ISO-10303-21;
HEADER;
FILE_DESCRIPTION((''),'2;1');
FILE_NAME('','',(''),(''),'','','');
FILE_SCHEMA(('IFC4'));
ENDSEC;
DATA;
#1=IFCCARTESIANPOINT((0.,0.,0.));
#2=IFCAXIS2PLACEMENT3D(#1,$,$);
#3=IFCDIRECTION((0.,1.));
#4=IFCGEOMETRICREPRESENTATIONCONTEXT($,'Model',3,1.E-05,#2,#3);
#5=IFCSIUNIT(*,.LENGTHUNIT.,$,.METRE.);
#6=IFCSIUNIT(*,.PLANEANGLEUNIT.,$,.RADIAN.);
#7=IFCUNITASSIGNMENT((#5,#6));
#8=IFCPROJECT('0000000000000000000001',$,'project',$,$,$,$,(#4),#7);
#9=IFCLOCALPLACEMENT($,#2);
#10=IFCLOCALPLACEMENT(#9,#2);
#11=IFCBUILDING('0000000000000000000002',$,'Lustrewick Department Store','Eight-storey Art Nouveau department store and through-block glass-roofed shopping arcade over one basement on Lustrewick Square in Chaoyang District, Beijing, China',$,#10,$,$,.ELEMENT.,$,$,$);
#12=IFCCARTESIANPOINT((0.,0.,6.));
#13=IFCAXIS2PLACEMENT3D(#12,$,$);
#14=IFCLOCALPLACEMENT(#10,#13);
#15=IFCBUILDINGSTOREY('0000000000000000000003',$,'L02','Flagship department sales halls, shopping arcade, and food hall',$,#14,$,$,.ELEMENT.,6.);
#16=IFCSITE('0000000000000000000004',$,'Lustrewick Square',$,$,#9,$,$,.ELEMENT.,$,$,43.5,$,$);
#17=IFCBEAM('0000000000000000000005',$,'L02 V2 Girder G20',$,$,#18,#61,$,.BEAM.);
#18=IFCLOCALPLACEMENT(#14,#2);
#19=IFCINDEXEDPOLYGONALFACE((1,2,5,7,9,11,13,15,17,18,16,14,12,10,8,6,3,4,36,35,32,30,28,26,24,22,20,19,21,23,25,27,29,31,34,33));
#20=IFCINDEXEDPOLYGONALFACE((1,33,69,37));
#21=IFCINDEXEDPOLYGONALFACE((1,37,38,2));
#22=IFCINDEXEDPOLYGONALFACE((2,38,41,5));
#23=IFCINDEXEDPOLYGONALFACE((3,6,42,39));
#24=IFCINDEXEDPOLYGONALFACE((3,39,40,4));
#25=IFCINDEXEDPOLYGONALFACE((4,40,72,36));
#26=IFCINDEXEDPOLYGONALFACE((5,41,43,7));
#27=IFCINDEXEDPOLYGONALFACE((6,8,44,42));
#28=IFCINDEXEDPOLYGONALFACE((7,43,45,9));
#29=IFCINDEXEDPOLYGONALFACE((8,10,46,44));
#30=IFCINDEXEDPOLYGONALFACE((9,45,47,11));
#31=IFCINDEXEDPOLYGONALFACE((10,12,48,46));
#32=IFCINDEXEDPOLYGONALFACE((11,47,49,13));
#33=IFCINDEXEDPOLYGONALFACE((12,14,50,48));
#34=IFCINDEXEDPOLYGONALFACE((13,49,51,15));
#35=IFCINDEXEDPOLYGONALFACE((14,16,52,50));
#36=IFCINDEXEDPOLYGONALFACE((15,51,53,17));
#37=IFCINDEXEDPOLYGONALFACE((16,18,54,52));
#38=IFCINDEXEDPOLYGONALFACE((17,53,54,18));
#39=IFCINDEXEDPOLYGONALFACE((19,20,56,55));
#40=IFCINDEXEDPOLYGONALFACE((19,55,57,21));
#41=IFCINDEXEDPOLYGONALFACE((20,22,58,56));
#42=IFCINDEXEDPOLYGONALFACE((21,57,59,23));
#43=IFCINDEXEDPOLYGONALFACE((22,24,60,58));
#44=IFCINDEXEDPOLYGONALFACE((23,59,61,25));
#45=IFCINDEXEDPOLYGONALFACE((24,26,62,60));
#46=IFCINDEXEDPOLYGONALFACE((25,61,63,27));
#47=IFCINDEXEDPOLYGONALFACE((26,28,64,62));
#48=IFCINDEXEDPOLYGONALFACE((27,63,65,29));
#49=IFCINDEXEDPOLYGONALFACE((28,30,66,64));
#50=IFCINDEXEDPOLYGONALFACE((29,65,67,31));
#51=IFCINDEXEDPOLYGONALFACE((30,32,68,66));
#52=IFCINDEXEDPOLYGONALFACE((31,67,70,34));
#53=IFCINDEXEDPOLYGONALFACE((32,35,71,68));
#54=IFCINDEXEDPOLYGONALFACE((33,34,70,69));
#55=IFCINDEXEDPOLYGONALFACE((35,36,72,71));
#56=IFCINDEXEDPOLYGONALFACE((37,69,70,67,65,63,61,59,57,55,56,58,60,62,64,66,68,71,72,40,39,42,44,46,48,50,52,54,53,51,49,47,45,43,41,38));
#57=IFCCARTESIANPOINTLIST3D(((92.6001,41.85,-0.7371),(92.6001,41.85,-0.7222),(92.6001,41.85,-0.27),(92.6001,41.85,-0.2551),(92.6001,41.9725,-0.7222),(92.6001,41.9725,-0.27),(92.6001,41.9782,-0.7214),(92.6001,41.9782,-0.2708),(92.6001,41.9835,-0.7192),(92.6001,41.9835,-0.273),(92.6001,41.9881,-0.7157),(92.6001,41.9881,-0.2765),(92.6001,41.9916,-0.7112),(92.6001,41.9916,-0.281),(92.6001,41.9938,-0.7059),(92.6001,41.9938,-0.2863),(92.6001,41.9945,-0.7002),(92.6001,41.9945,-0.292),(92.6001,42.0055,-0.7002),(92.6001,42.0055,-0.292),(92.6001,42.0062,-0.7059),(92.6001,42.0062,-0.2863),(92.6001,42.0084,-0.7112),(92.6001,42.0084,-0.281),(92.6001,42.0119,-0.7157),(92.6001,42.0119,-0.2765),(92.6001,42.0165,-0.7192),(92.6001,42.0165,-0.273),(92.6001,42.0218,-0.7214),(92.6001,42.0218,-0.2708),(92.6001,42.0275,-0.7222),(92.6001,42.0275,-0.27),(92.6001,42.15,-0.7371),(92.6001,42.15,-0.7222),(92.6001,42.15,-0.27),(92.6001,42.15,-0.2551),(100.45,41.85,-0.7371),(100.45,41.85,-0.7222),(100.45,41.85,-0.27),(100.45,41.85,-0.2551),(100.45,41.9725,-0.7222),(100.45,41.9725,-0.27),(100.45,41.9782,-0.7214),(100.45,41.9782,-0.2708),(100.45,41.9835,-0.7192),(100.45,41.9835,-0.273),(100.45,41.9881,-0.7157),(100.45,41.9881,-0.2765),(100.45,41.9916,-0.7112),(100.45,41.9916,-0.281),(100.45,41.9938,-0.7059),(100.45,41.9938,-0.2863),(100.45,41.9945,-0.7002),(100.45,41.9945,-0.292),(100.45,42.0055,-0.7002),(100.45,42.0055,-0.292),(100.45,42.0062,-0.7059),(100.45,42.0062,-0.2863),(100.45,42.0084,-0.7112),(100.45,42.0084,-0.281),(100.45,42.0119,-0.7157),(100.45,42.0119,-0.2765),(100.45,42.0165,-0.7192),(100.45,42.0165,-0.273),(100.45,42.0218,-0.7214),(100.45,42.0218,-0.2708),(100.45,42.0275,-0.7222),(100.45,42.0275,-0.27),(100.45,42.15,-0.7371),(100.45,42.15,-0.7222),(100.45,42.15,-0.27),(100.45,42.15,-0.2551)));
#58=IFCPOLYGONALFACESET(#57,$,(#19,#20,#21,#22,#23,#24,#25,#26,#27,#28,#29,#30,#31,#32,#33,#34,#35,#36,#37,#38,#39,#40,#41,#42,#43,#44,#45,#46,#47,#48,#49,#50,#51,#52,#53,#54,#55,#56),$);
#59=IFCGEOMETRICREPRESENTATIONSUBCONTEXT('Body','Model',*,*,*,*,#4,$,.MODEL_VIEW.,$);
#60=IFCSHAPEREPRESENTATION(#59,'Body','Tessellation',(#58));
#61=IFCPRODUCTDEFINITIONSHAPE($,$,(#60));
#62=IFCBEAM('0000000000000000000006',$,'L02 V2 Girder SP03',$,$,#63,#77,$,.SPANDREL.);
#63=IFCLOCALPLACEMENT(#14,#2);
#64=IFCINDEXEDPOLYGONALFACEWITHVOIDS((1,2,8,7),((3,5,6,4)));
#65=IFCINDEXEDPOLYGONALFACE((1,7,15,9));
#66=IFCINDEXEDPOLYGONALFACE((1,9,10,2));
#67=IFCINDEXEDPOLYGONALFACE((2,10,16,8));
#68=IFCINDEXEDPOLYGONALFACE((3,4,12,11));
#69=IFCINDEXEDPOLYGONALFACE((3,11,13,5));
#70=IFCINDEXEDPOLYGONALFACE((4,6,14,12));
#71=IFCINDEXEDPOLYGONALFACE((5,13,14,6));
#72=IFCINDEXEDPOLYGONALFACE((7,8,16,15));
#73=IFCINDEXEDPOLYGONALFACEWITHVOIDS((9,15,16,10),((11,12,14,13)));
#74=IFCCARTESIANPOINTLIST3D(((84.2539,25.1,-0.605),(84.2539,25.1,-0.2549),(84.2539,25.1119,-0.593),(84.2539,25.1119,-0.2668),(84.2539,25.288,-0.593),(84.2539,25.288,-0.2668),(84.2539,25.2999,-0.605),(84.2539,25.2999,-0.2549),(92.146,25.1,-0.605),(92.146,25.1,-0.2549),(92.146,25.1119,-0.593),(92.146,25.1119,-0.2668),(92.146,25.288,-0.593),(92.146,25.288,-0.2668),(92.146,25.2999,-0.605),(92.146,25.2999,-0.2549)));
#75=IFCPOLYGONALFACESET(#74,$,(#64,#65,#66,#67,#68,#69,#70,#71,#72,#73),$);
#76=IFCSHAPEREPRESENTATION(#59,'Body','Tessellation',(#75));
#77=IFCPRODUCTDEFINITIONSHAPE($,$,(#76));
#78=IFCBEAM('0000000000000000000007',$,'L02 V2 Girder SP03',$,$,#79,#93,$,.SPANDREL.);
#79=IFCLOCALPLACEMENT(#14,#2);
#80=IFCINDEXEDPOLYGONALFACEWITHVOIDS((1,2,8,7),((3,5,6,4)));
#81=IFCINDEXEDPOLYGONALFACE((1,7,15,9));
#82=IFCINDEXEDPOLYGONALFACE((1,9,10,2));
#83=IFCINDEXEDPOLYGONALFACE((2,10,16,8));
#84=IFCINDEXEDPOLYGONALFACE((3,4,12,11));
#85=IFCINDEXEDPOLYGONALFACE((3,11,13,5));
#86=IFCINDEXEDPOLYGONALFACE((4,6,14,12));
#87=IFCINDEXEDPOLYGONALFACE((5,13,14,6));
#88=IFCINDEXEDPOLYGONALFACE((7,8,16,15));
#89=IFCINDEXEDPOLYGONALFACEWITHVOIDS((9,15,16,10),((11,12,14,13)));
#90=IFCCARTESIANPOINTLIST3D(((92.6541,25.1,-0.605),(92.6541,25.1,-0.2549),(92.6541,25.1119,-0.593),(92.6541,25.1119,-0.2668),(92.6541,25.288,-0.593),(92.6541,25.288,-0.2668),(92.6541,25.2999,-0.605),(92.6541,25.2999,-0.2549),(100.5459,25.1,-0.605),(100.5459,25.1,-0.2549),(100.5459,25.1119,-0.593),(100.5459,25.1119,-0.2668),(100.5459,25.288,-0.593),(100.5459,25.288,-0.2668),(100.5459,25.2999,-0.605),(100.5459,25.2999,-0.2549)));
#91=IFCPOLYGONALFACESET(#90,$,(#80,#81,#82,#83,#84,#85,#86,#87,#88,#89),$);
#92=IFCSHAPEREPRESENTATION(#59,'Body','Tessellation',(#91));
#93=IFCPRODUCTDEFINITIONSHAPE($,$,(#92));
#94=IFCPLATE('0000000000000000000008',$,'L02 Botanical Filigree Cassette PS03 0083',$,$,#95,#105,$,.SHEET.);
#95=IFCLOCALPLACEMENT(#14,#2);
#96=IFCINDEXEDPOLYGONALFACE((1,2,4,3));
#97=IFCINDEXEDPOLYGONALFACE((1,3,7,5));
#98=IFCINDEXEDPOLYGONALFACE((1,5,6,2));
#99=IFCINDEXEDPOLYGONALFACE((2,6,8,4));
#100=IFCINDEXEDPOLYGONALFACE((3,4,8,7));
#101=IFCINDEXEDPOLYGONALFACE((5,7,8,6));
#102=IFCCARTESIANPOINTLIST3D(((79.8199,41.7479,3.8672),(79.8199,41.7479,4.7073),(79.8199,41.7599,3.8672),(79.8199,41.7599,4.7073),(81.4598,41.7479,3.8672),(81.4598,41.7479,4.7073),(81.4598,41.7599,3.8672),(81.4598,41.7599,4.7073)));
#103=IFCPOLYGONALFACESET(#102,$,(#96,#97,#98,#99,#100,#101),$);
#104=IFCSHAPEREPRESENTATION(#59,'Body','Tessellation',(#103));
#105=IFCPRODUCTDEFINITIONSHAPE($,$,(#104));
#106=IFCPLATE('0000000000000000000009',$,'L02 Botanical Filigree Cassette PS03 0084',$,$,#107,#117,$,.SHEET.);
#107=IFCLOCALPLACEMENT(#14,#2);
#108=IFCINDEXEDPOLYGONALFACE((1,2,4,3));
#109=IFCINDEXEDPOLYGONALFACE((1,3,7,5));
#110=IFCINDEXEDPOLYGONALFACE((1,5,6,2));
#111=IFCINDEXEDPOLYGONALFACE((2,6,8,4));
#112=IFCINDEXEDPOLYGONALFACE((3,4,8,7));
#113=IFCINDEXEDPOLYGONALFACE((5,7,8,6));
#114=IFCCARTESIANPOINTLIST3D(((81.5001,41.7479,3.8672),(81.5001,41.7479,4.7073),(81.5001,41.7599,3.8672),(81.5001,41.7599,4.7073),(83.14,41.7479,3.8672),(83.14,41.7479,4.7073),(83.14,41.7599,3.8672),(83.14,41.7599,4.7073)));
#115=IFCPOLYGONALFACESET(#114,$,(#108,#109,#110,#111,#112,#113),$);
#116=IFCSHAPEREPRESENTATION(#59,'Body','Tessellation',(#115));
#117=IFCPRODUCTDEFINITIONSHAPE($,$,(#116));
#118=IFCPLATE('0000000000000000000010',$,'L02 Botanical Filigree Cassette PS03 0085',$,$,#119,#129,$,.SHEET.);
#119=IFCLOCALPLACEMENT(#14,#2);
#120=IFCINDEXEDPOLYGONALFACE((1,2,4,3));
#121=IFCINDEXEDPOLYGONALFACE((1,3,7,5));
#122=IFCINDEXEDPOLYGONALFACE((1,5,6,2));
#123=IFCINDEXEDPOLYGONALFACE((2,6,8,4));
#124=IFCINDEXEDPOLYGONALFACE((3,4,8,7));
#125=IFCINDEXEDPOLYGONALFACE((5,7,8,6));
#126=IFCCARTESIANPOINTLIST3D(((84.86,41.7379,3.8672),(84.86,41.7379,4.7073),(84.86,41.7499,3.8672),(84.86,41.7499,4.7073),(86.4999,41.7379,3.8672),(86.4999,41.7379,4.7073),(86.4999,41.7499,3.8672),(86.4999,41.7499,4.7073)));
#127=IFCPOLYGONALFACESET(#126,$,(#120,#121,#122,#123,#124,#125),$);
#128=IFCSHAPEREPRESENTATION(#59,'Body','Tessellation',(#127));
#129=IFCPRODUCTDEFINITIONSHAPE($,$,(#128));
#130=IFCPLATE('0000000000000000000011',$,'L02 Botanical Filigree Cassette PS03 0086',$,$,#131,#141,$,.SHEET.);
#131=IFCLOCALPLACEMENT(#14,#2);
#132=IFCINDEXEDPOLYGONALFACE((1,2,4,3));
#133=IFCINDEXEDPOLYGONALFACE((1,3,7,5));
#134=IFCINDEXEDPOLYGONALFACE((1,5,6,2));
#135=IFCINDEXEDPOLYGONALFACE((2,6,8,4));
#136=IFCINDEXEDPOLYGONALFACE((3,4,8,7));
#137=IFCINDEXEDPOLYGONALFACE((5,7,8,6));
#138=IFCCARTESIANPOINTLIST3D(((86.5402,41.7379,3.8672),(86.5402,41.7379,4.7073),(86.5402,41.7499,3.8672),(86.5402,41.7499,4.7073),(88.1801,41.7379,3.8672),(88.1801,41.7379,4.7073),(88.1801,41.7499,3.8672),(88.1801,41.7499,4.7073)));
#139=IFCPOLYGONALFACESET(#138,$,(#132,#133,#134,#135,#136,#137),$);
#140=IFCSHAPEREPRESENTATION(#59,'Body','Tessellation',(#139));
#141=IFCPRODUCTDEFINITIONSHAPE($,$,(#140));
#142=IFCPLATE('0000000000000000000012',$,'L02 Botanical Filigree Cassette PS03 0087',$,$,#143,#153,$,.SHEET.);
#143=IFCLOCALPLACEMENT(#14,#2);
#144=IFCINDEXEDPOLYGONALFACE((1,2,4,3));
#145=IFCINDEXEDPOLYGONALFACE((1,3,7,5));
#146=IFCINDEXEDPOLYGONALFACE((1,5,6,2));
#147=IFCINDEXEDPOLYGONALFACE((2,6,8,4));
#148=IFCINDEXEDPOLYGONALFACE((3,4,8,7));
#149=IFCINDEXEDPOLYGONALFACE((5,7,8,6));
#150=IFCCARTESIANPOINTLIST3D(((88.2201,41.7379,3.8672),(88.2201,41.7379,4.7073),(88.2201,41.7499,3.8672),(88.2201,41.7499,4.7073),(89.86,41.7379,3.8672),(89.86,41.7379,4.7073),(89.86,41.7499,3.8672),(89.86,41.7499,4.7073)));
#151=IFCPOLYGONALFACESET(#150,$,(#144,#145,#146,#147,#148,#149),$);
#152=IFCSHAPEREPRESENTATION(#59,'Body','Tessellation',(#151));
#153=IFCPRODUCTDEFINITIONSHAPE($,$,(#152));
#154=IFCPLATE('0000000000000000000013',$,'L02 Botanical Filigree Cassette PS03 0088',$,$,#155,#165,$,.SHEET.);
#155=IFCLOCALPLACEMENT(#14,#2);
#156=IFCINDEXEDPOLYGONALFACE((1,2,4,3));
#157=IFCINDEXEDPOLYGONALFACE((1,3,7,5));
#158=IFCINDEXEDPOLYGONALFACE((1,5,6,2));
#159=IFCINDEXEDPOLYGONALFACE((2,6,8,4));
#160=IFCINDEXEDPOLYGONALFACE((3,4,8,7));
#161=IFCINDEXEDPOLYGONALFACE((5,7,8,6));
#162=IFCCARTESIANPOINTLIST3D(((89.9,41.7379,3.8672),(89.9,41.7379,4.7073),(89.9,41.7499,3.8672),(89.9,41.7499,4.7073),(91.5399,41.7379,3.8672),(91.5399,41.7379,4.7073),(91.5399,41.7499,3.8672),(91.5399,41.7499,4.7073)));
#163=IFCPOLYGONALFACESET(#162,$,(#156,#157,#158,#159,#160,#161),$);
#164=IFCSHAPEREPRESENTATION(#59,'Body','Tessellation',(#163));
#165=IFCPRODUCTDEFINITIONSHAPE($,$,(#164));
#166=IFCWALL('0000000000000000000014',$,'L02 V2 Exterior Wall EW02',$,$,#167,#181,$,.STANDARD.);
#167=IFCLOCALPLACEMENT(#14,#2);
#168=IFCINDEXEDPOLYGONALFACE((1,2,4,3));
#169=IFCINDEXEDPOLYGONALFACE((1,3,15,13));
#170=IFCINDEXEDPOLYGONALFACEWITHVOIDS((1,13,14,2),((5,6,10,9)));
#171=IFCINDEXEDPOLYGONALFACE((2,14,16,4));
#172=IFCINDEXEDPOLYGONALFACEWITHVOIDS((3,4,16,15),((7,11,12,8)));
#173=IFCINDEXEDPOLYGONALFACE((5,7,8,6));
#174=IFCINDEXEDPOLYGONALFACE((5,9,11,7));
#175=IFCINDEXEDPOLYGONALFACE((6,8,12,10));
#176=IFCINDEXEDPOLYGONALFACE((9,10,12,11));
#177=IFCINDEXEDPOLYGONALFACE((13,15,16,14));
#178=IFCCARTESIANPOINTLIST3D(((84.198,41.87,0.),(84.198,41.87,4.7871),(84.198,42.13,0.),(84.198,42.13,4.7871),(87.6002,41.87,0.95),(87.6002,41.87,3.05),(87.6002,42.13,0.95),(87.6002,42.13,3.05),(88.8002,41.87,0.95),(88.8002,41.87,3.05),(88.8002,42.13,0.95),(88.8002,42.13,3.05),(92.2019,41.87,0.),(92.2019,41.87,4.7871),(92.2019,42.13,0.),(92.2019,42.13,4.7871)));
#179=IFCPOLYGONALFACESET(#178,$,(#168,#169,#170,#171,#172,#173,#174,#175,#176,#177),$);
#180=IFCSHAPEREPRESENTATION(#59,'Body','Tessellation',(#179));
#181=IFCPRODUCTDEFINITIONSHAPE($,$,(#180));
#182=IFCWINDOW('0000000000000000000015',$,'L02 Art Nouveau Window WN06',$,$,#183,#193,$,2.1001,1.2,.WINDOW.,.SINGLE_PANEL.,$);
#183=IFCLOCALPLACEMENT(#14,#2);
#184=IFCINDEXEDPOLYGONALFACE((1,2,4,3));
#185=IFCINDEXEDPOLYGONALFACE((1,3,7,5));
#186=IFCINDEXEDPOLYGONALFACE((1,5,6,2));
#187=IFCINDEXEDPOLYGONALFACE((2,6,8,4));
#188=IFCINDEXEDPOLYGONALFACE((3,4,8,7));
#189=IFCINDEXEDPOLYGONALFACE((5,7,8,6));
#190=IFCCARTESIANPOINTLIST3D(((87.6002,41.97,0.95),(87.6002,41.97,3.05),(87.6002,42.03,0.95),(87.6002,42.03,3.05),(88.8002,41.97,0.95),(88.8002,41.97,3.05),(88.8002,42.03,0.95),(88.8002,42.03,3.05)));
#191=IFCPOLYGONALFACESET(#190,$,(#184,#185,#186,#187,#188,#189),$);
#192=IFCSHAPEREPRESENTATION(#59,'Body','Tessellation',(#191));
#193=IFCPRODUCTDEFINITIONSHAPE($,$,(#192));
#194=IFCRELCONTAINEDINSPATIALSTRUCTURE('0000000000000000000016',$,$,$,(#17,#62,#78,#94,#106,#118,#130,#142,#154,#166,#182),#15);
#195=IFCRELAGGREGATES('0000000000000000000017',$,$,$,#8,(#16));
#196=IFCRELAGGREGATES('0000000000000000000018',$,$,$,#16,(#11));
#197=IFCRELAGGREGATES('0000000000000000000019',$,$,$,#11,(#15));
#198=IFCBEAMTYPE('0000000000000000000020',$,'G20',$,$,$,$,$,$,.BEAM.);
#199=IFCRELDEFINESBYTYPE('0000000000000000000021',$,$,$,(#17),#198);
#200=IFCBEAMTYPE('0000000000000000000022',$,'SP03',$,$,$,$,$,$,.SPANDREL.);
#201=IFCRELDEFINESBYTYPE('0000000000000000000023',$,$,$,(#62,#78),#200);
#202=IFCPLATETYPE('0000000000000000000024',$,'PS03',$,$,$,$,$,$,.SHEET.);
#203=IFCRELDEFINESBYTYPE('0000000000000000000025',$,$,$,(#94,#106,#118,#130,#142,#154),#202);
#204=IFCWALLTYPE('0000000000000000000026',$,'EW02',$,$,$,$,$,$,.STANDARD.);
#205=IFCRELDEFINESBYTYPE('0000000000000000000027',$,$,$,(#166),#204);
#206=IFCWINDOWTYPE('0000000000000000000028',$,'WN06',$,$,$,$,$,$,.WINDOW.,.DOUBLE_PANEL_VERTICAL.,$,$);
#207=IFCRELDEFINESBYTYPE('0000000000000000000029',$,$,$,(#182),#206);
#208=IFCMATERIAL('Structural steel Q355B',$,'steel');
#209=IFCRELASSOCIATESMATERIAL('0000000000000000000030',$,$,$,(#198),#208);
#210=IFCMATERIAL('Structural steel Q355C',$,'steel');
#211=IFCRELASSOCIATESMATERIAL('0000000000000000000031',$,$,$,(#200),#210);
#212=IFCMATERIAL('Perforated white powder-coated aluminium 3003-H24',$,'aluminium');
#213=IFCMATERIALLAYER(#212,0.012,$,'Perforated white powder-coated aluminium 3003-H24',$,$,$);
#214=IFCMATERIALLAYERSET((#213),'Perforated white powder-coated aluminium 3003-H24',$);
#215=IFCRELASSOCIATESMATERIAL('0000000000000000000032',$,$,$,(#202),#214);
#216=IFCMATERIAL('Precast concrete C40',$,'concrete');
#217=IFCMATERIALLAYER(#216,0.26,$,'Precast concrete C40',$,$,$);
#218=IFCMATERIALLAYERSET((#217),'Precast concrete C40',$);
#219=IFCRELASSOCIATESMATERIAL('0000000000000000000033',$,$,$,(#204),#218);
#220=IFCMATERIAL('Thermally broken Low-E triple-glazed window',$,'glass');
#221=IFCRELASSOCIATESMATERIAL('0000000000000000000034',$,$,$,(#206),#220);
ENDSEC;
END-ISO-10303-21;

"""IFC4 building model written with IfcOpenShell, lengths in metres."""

from ifc_helpers import new_model, si_unit, direction, frame, frame_2d, origin, origin_2d, place, context, subcontext, project, spatial, rectangle, hollow_rectangle, i_section, extrude, material, layer, layer_set, material_profile, profile_set, type_object, element, fill, save


model = new_model("IFC4")

# Units and contexts
model_context = context("Model", 3, precision=1e-05, world=origin(), true_north=direction((0.0, 1.0)))
body_context = subcontext(model_context, "Body", "Model", "MODEL_VIEW")
ifc_project = project(units=[si_unit("LENGTHUNIT", "METRE"), si_unit("PLANEANGLEUNIT", "RADIAN")], contexts=[model_context])

# Site, building, storey
site_placement = place(None, origin())
site = spatial("IfcSite", under=ifc_project, at=site_placement, Name="Lustrewick Square", CompositionType="ELEMENT", RefElevation=43.5)
building_placement = place(site_placement, origin())
building = spatial("IfcBuilding", under=site, at=building_placement, Name="Lustrewick Department Store", Description="Eight-storey Art Nouveau department store and through-block glass-roofed shopping arcade over one basement on Lustrewick Square in Chaoyang District, Beijing, China", CompositionType="ELEMENT")
storey_placement = place(building_placement, frame((0.0, 0.0, 6.0)))
storey = spatial("IfcBuildingStorey", under=building, at=storey_placement, Name="L02", Description="Flagship department sales halls, shopping arcade, and food hall", CompositionType="ELEMENT", Elevation=6.0)

# Shared definitions
ifc_material_1 = material(Name="Structural steel Q355C", Category="steel")

# Beams
ifc_material_2 = material(Name="Structural steel Q355B", Category="steel")
ifc_material_profile_1 = material_profile(ifc_material_2, i_section(OverallWidth=0.3, OverallDepth=0.4819, WebThickness=0.011, FlangeThickness=0.0149, FilletRadius=0.022, at=origin_2d()), Name="HM 482x300x11x15")
ifc_profile_set_1 = profile_set([ifc_material_profile_1], Name="Structural steel Q355B")
beam_type_1 = type_object("IfcBeamType", Name="G20", PredefinedType="BEAM", material=ifc_profile_set_1)
beam_1_placement = place(storey_placement, frame((92.6001, 42.0, -0.4961), z_axis=(1.0, 0.0, 0.0), x_axis=(0.0, 1.0, 0.0)))
element("IfcBeam", 1, at=beam_1_placement, inside=storey, type_object=beam_type_1, Name="L02 V2 Girder G20", PredefinedType="BEAM", context=body_context, shape_type="SweptSolid", body=[
    extrude(i_section(OverallWidth=0.3, OverallDepth=0.4819, WebThickness=0.011, FlangeThickness=0.0149, FilletRadius=0.022, at=origin_2d()), origin(), (0.0, 0.0, 1.0), 7.8499),
])
ifc_material_profile_2 = material_profile(ifc_material_1, hollow_rectangle(XDim=0.2, YDim=0.3501, WallThickness=0.012, at=origin_2d()), Name="RHS 350x200x12")
ifc_profile_set_2 = profile_set([ifc_material_profile_2], Name="Structural steel Q355C")
beam_type_2 = type_object("IfcBeamType", Name="SP03", PredefinedType="SPANDREL", material=ifc_profile_set_2)
beam_2_placement = place(storey_placement, frame((84.2539, 25.2, -0.4299), z_axis=(1.0, 0.0, 0.0), x_axis=(0.0, 1.0, 0.0)))
element("IfcBeam", 2, at=beam_2_placement, inside=storey, type_object=beam_type_2, Name="L02 V2 Girder SP03", PredefinedType="SPANDREL", context=body_context, shape_type="SweptSolid", body=[
    extrude(hollow_rectangle(XDim=0.2, YDim=0.3501, WallThickness=0.012, at=origin_2d()), origin(), (0.0, 0.0, 1.0), 7.8921),
])
beam_3_placement = place(storey_placement, frame((92.6541, 25.2, -0.4299), z_axis=(1.0, 0.0, 0.0), x_axis=(0.0, 1.0, 0.0)))
element("IfcBeam", 3, at=beam_3_placement, inside=storey, type_object=beam_type_2, Name="L02 V2 Girder SP03", PredefinedType="SPANDREL", context=body_context, shape_type="SweptSolid", body=[
    extrude(hollow_rectangle(XDim=0.2, YDim=0.3501, WallThickness=0.012, at=origin_2d()), origin(), (0.0, 0.0, 1.0), 7.8918),
])

# Plates
ifc_material_3 = material(Name="Perforated white powder-coated aluminium 3003-H24", Category="aluminium")
ifc_layer_1 = layer(ifc_material_3, 0.012, Name="Perforated white powder-coated aluminium 3003-H24")
ifc_layer_set_1 = layer_set([ifc_layer_1], Name="Perforated white powder-coated aluminium 3003-H24")
plate_type = type_object("IfcPlateType", Name="PS03", PredefinedType="SHEET", material=ifc_layer_set_1)
for number, where, z_axis, x_axis, name in (
    (4, (80.6399, 41.7539, 3.8672), (0.0, 0.0, 1.0), (1.0, 0.0, 0.0), "L02 Botanical Filigree Cassette PS03 0083"),
    (5, (82.3201, 41.7539, 3.8672), (0.0, 0.0, 1.0), (1.0, 0.0, 0.0), "L02 Botanical Filigree Cassette PS03 0084"),
    (6, (85.6799, 41.7439, 3.8672), (0.0, 0.0, 1.0), (1.0, 0.0, 0.0), "L02 Botanical Filigree Cassette PS03 0085"),
    (7, (87.3601, 41.7439, 3.8672), (0.0, 0.0, 1.0), (1.0, 0.0, 0.0), "L02 Botanical Filigree Cassette PS03 0086"),
    (8, (89.04, 41.7439, 3.8672), (0.0, 0.0, 1.0), (1.0, 0.0, 0.0), "L02 Botanical Filigree Cassette PS03 0087"),
    (9, (90.72, 41.7439, 3.8672), (0.0, 0.0, 1.0), (1.0, 0.0, 0.0), "L02 Botanical Filigree Cassette PS03 0088"),
):
    element("IfcPlate", number, at=place(storey_placement, frame(where, z_axis=z_axis, x_axis=x_axis)), inside=storey, type_object=plate_type, Name=name, PredefinedType="SHEET", context=body_context, shape_type="SweptSolid", body=[
        extrude(rectangle(XDim=1.6399, YDim=0.012, at=origin_2d()), origin(), (0.0, 0.0, 1.0), 0.8401),
    ])

# Wall, opening, window
ifc_material_4 = material(Name="Precast concrete C40", Category="concrete")
ifc_layer_2 = layer(ifc_material_4, 0.26, Name="Precast concrete C40")
ifc_layer_set_2 = layer_set([ifc_layer_2], Name="Precast concrete C40")
wall_type_1 = type_object("IfcWallType", Name="EW02", PredefinedType="STANDARD", material=ifc_layer_set_2)
wall_1_placement = place(storey_placement, frame((84.198, 42.0, 0.0), z_axis=(0.0, 0.0, 1.0), x_axis=(1.0, 0.0, 0.0)))
wall_1 = element("IfcWall", 10, at=wall_1_placement, inside=storey, type_object=wall_type_1, Name="L02 V2 Exterior Wall EW02", PredefinedType="STANDARD", context=body_context, shape_type="SweptSolid", body=[
    extrude(rectangle(XDim=8.0039, YDim=0.26, at=frame_2d((4.002, 0.0))), origin(), (0.0, 0.0, 1.0), 4.7871),
])
opening_1_placement = place(wall_1_placement, frame((3.4021, 0.0, 0.95)))
opening_1 = element("IfcOpeningElement", 11, at=opening_1_placement, cuts=wall_1, PredefinedType="OPENING", context=body_context, shape_type="SweptSolid", body=[
    extrude(rectangle(XDim=1.2, YDim=2.1001, at=frame_2d((0.6001, 1.05))), frame((0.0, 0.1401, 0.0), z_axis=(0.0, -1.0, 0.0), x_axis=(1.0, 0.0, 0.0)), (0.0, 0.0, 1.0), 0.28),
])
ifc_material_5 = material(Name="Thermally broken Low-E triple-glazed window", Category="glass")
window_type_1 = type_object("IfcWindowType", Name="WN06", PartitioningType="DOUBLE_PANEL_VERTICAL", PredefinedType="WINDOW", material=ifc_material_5)
window_1_placement = place(opening_1_placement, origin())
window_1 = element("IfcWindow", 12, at=window_1_placement, inside=storey, type_object=window_type_1, Name="L02 Art Nouveau Window WN06", OverallHeight=2.1001, OverallWidth=1.2, PartitioningType="SINGLE_PANEL", PredefinedType="WINDOW", context=body_context, shape_type="SweptSolid", body=[
    extrude(rectangle(XDim=1.2, YDim=2.1001, at=frame_2d((0.6001, 1.05))), frame((0.0, 0.03, 0.0), z_axis=(0.0, -1.0, 0.0), x_axis=(1.0, 0.0, 0.0)), (0.0, 0.0, 1.0), 0.0601),
])
fill(opening_1, window_1)

save(model, "model.ifc")
